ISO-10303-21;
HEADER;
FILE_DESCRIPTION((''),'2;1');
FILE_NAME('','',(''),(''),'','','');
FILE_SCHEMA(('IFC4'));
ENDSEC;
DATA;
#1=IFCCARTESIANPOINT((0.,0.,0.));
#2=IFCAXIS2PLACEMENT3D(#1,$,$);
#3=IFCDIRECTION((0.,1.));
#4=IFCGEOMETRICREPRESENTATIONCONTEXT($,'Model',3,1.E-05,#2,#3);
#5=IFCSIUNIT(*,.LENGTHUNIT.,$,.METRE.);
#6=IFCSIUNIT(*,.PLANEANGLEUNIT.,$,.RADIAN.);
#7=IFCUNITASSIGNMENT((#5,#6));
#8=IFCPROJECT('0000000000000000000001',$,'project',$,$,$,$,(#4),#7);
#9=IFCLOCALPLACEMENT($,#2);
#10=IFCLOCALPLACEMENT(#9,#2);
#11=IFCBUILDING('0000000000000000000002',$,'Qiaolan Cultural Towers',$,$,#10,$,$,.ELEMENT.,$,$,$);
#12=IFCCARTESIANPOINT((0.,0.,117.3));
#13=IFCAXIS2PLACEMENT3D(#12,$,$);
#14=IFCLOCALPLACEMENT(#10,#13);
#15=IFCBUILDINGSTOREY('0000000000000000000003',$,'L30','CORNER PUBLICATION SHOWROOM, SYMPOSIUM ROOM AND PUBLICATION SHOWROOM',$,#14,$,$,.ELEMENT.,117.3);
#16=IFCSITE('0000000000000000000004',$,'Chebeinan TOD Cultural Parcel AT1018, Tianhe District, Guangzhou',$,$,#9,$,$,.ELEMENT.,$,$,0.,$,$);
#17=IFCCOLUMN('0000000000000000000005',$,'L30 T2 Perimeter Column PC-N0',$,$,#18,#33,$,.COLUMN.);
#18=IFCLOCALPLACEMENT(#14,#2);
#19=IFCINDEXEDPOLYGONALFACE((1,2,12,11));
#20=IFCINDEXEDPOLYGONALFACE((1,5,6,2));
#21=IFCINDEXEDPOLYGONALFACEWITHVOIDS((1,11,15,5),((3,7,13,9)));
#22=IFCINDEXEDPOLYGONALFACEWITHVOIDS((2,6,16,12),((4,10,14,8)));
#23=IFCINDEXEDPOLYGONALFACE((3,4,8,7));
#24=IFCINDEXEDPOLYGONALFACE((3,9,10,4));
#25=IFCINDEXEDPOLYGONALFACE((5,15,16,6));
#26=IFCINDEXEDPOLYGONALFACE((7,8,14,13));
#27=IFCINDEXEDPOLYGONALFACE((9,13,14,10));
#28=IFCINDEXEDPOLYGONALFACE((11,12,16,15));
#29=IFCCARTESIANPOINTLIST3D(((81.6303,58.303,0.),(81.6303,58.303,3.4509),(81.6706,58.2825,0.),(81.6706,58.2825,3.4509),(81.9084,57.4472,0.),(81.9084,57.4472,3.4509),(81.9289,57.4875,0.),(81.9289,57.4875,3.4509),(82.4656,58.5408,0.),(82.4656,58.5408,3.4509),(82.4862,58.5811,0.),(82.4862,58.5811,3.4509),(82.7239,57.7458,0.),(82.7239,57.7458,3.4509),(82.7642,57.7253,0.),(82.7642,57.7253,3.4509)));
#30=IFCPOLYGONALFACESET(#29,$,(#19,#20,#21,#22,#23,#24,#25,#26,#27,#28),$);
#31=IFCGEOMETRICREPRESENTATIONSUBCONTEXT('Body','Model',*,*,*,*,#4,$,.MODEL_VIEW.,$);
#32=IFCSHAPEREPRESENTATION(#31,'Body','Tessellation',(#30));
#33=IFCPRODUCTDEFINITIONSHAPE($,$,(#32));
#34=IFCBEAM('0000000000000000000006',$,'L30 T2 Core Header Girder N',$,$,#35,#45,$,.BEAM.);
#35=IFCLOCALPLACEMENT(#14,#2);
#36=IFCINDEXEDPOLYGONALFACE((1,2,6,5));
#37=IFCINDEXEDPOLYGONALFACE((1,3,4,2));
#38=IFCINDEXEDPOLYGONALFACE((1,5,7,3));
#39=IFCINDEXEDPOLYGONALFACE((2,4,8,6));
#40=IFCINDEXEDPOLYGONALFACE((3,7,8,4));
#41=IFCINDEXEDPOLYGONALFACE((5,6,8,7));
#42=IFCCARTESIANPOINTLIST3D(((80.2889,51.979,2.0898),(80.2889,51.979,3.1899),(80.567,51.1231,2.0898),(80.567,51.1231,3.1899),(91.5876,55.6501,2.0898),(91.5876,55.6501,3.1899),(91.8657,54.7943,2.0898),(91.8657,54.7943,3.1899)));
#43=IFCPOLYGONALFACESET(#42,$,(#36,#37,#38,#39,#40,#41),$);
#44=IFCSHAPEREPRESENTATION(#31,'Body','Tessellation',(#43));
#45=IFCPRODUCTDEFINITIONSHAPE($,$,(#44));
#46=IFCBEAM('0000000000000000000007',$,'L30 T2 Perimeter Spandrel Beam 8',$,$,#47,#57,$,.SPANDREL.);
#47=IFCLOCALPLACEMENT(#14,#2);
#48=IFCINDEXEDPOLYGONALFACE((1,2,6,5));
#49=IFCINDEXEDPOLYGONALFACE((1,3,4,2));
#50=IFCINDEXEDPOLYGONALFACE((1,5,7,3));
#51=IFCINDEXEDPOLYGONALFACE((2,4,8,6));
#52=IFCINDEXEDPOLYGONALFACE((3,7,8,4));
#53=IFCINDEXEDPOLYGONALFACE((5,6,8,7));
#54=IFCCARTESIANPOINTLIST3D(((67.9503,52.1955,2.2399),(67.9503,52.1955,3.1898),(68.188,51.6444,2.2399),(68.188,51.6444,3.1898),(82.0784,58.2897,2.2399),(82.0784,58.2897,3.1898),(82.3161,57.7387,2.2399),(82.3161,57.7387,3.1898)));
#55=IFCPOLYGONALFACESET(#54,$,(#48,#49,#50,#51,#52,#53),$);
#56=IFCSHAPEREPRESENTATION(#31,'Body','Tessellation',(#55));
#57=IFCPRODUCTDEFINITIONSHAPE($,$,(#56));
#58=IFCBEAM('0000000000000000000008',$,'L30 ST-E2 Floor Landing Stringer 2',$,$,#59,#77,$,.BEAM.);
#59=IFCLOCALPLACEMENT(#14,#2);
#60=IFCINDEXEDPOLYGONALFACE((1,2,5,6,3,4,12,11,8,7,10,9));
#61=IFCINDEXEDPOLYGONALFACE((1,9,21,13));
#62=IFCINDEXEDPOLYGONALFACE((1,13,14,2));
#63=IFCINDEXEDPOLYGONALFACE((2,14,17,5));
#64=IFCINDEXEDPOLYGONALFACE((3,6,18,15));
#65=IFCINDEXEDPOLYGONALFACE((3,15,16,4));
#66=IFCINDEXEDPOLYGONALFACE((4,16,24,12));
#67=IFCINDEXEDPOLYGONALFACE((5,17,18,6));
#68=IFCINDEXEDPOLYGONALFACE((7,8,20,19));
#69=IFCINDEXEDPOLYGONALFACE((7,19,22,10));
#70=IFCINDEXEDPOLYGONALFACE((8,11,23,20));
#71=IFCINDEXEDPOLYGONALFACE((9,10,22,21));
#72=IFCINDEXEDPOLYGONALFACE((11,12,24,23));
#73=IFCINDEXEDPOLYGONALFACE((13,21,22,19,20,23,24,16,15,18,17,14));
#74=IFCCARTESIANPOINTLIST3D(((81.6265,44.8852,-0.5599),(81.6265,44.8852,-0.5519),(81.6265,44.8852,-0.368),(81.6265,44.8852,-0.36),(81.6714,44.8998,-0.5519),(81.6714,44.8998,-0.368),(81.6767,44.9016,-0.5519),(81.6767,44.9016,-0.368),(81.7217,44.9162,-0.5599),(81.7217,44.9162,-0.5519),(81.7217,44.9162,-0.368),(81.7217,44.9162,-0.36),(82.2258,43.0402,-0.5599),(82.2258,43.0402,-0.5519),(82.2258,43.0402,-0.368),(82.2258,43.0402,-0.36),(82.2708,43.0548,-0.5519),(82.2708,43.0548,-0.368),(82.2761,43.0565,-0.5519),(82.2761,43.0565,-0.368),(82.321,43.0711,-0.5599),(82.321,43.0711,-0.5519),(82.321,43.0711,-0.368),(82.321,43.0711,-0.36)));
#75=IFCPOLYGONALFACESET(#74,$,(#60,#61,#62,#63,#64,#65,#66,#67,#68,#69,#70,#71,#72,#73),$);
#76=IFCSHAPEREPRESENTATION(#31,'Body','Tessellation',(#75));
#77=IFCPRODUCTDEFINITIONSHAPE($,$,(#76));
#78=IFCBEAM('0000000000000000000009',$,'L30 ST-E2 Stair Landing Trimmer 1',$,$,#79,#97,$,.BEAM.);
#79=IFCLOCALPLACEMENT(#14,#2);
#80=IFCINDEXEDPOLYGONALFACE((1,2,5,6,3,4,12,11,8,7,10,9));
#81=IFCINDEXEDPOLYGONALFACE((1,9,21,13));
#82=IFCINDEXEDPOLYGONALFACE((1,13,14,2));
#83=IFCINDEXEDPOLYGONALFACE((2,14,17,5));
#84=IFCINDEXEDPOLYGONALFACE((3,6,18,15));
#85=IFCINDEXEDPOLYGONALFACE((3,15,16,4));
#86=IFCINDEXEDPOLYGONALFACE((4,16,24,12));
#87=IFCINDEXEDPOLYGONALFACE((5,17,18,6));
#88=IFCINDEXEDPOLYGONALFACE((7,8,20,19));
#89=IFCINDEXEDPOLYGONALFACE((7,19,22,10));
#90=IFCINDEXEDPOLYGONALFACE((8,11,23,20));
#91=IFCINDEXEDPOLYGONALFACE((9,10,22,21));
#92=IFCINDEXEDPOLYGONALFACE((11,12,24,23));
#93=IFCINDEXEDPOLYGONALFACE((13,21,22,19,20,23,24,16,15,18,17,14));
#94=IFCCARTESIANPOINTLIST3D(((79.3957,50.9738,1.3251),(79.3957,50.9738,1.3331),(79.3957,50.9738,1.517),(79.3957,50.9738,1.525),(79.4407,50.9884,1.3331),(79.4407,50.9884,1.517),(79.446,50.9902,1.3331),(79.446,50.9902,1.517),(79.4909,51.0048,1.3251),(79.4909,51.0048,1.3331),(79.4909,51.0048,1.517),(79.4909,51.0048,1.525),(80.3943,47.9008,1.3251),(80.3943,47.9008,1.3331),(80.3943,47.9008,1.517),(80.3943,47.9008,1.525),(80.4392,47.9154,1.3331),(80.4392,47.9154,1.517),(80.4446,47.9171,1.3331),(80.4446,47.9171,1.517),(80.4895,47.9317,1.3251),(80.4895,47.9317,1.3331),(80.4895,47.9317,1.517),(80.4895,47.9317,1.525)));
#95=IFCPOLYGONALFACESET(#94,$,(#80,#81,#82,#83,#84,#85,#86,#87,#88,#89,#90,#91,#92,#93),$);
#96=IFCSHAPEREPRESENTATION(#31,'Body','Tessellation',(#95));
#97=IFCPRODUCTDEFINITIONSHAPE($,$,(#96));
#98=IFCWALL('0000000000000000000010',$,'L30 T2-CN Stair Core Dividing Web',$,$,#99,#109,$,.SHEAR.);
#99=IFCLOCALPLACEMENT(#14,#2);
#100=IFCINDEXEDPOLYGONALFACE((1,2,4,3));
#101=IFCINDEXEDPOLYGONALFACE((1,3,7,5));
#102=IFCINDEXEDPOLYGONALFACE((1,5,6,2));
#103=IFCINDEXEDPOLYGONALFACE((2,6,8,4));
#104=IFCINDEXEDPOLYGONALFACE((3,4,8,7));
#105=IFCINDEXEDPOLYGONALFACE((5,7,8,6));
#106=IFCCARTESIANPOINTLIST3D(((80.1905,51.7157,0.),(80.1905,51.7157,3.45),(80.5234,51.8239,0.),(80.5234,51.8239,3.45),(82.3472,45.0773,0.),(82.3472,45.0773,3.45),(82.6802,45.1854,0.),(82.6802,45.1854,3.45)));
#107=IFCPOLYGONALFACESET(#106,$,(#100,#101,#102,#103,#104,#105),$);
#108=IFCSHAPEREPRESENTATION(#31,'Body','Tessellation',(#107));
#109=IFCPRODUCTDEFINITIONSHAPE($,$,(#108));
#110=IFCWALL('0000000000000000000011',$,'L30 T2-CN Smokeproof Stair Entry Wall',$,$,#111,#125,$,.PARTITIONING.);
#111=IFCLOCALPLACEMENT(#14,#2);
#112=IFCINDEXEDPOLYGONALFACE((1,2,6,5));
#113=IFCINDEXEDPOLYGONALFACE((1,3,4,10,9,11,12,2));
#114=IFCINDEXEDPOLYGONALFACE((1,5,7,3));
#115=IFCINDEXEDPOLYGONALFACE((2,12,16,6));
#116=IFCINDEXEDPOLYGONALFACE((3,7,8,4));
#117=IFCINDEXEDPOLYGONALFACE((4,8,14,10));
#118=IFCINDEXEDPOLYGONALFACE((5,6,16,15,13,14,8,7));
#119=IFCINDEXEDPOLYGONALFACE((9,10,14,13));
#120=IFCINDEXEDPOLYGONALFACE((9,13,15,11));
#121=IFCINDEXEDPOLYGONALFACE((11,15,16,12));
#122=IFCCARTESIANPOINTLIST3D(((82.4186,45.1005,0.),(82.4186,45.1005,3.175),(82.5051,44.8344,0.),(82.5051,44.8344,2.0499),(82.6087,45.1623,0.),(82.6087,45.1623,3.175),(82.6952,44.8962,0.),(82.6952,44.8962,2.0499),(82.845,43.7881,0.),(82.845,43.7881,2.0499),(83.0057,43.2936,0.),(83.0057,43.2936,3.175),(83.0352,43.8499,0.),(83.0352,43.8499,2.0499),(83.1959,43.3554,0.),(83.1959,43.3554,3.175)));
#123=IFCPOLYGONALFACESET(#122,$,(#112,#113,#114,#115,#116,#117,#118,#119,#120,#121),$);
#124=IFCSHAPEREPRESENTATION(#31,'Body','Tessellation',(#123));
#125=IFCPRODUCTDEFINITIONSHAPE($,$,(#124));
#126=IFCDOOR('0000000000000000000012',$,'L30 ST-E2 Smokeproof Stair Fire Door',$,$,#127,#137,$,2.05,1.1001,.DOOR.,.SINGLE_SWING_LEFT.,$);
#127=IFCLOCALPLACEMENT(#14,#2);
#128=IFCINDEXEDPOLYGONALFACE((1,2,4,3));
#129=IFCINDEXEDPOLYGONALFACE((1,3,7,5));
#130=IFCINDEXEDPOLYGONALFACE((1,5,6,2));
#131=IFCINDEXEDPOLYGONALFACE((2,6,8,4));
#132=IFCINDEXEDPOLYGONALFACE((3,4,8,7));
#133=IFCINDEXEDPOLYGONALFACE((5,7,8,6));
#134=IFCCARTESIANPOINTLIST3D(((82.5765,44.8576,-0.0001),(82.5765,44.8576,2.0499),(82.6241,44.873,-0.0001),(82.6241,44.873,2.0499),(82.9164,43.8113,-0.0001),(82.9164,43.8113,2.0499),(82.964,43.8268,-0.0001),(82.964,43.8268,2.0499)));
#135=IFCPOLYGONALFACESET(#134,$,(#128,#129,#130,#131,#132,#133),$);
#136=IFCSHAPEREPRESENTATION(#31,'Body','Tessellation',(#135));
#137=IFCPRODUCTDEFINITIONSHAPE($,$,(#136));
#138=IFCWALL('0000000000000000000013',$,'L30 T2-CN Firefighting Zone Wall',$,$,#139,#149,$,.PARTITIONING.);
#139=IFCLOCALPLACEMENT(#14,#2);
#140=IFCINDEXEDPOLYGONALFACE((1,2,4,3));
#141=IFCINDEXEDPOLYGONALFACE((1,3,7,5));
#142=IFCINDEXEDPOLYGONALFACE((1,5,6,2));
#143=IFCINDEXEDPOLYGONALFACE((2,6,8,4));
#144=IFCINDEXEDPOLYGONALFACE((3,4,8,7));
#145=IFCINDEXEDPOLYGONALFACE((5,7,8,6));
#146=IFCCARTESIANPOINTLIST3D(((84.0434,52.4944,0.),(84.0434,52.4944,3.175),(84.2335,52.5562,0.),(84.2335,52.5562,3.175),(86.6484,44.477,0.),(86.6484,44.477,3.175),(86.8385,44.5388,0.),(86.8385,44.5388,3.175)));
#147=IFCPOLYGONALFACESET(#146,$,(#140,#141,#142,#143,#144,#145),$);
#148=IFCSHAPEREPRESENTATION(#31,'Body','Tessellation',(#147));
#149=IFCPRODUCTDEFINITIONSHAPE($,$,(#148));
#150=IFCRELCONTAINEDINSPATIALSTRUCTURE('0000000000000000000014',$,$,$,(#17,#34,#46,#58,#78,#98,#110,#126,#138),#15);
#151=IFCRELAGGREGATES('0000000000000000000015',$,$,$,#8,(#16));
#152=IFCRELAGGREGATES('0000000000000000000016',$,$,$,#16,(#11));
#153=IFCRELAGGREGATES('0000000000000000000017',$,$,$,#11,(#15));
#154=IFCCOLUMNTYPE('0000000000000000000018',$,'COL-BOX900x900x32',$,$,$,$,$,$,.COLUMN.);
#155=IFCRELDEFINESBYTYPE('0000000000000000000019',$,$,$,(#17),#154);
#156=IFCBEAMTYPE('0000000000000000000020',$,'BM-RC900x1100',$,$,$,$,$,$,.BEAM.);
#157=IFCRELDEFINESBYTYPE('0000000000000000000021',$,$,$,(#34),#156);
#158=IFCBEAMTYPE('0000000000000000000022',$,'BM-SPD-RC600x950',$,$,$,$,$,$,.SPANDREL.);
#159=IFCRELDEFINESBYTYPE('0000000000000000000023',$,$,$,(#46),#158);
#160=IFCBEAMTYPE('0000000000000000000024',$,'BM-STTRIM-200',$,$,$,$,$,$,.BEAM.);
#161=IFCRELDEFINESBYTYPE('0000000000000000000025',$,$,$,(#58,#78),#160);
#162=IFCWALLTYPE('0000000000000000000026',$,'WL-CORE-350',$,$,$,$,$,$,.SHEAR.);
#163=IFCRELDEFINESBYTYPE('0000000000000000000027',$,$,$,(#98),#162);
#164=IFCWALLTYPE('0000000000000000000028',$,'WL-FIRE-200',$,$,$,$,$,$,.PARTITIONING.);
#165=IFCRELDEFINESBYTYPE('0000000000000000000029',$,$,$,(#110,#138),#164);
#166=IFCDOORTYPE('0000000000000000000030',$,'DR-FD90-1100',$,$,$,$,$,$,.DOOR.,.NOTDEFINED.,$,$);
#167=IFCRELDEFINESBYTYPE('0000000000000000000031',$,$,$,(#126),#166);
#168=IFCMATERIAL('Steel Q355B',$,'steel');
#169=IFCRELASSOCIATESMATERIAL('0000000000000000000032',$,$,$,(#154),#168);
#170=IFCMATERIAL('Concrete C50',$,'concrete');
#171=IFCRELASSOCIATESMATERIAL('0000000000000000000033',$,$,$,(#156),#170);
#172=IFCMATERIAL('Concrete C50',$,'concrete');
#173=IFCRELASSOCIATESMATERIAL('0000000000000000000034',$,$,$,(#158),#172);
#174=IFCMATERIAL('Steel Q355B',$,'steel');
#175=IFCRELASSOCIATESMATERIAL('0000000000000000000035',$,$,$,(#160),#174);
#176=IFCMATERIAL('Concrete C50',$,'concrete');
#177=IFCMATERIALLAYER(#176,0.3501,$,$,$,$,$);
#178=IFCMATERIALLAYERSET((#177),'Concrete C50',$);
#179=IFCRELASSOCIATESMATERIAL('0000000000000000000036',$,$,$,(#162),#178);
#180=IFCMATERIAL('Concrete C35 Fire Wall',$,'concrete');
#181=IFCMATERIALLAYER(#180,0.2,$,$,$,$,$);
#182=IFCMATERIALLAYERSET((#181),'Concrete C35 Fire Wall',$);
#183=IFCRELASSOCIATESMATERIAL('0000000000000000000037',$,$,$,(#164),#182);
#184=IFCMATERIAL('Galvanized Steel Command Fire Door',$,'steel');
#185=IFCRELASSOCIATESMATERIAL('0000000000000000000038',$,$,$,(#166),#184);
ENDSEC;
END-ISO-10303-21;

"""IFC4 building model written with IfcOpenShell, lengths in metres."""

from ifc_helpers import new_model, si_unit, direction, frame, frame_2d, origin, origin_2d, place, context, subcontext, project, spatial, rectangle, hollow_rectangle, i_section, extrude, material, layer, layer_set, material_profile, profile_set, type_object, element, fill, save


model = new_model("IFC4")

# Units and contexts
model_context = context("Model", 3, precision=1e-05, world=origin(), true_north=direction((0.0, 1.0)))
body_context = subcontext(model_context, "Body", "Model", "MODEL_VIEW")
ifc_project = project(units=[si_unit("LENGTHUNIT", "METRE"), si_unit("PLANEANGLEUNIT", "RADIAN")], contexts=[model_context])

# Site, building, storey
site_placement = place(None, origin())
site = spatial("IfcSite", under=ifc_project, at=site_placement, Name="Chebeinan TOD Cultural Parcel AT1018, Tianhe District, Guangzhou", CompositionType="ELEMENT", RefElevation=0.0)
building_placement = place(site_placement, origin())
building = spatial("IfcBuilding", under=site, at=building_placement, Name="Qiaolan Cultural Towers", CompositionType="ELEMENT")
storey_placement = place(building_placement, frame((0.0, 0.0, 117.3)))
storey = spatial("IfcBuildingStorey", under=building, at=storey_placement, Name="L30", Description="CORNER PUBLICATION SHOWROOM, SYMPOSIUM ROOM AND PUBLICATION SHOWROOM", CompositionType="ELEMENT", Elevation=117.3)

# Column
ifc_material_1 = material(Name="Steel Q355B", Category="steel")
ifc_material_profile_1 = material_profile(ifc_material_1, hollow_rectangle(XDim=0.8999, YDim=0.8999, WallThickness=0.032, at=origin_2d()), Name="BOX900x900x32")
ifc_profile_set_1 = profile_set([ifc_material_profile_1], Name="Steel Q355B")
column_type = type_object("IfcColumnType", Name="COL-BOX900x900x32", PredefinedType="COLUMN", material=ifc_profile_set_1)
column_placement = place(storey_placement, frame((82.1973, 58.0142, 0.0), z_axis=(0.0, 0.0, 1.0), x_axis=(0.951057, 0.309017, 0.0)))
element("IfcColumn", 1, at=column_placement, inside=storey, type_object=column_type, Name="L30 T2 Perimeter Column PC-N0", PredefinedType="COLUMN", context=body_context, shape_type="SweptSolid", body=[
    extrude(hollow_rectangle(XDim=0.8999, YDim=0.8999, WallThickness=0.032, at=origin_2d()), origin(), (0.0, 0.0, 1.0), 3.4509),
])

# Beams
ifc_material_2 = material(Name="Concrete C50", Category="concrete")
ifc_material_profile_2 = material_profile(ifc_material_2, rectangle(XDim=0.8999, YDim=1.1001, at=origin_2d()), Name="RC900x1100")
ifc_profile_set_2 = profile_set([ifc_material_profile_2], Name="Concrete C50")
beam_type_1 = type_object("IfcBeamType", Name="BM-RC900x1100", PredefinedType="BEAM", material=ifc_profile_set_2)
beam_1_placement = place(storey_placement, frame((80.428, 51.551, 2.6399), z_axis=(0.951056, 0.309018, 0.0), x_axis=(-0.309018, 0.951056, 0.0)))
element("IfcBeam", 2, at=beam_1_placement, inside=storey, type_object=beam_type_1, Name="L30 T2 Core Header Girder N", PredefinedType="BEAM", context=body_context, shape_type="SweptSolid", body=[
    extrude(rectangle(XDim=0.8999, YDim=1.1001, at=origin_2d()), origin(), (0.0, 0.0, 1.0), 11.8801),
])
ifc_material_3 = material(Name="Concrete C50", Category="concrete")
ifc_material_profile_3 = material_profile(ifc_material_3, rectangle(XDim=0.6001, YDim=0.95, at=origin_2d()), Name="RC600x950")
ifc_profile_set_3 = profile_set([ifc_material_profile_3], Name="Concrete C50")
beam_type_2 = type_object("IfcBeamType", Name="BM-SPD-RC600x950", PredefinedType="SPANDREL", material=ifc_profile_set_3)
beam_2_placement = place(storey_placement, frame((82.1973, 58.0142, 2.7148), z_axis=(-0.918218, -0.396076, 0.0), x_axis=(0.396076, -0.918218, 0.0)))
element("IfcBeam", 3, at=beam_2_placement, inside=storey, type_object=beam_type_2, Name="L30 T2 Perimeter Spandrel Beam 8", PredefinedType="SPANDREL", context=body_context, shape_type="SweptSolid", body=[
    extrude(rectangle(XDim=0.6001, YDim=0.95, at=origin_2d()), origin(), (0.0, 0.0, 1.0), 15.3865),
])
ifc_material_4 = material(Name="Steel Q355B", Category="steel")
ifc_material_profile_4 = material_profile(ifc_material_4, i_section(OverallWidth=0.1001, OverallDepth=0.2, WebThickness=0.0056, FlangeThickness=0.0081, at=origin_2d()), Name="HN200x100x5.5x8")
ifc_profile_set_4 = profile_set([ifc_material_profile_4], Name="Steel Q355B")
beam_type_3 = type_object("IfcBeamType", Name="BM-STTRIM-200", PredefinedType="BEAM", material=ifc_profile_set_4)
beam_3_placement = place(storey_placement, frame((82.2734, 43.0557, -0.46), z_axis=(-0.308969, 0.951072, 0.0), x_axis=(-0.951072, -0.308969, 0.0)))
element("IfcBeam", 4, at=beam_3_placement, inside=storey, type_object=beam_type_3, Name="L30 ST-E2 Floor Landing Stringer 2", PredefinedType="BEAM", context=body_context, shape_type="SweptSolid", body=[
    extrude(i_section(OverallWidth=0.1001, OverallDepth=0.2, WebThickness=0.0056, FlangeThickness=0.0081, at=origin_2d()), origin(), (0.0, 0.0, 1.0), 1.9399),
])
beam_4_placement = place(storey_placement, frame((80.4419, 47.9163, 1.425), z_axis=(-0.309033, 0.951051, 0.0), x_axis=(-0.951051, -0.309033, 0.0)))
element("IfcBeam", 5, at=beam_4_placement, inside=storey, type_object=beam_type_3, Name="L30 ST-E2 Stair Landing Trimmer 1", PredefinedType="BEAM", context=body_context, shape_type="SweptSolid", body=[
    extrude(i_section(OverallWidth=0.1001, OverallDepth=0.2, WebThickness=0.0056, FlangeThickness=0.0081, at=origin_2d()), origin(), (0.0, 0.0, 1.0), 3.2312),
])

# Wall
ifc_material_5 = material(Name="Concrete C50", Category="concrete")
ifc_layer_1 = layer(ifc_material_5, 0.3501)
ifc_layer_set_1 = layer_set([ifc_layer_1], Name="Concrete C50")
wall_type_1 = type_object("IfcWallType", Name="WL-CORE-350", PredefinedType="SHEAR", material=ifc_layer_set_1)
wall_1_placement = place(storey_placement, frame((82.5137, 45.1313, 0.0), z_axis=(0.0, 0.0, 1.0), x_axis=(-0.308989, 0.951066, 0.0)))
element("IfcWall", 6, at=wall_1_placement, inside=storey, type_object=wall_type_1, Name="L30 T2-CN Stair Core Dividing Web", PredefinedType="SHEAR", context=body_context, shape_type="SweptSolid", body=[
    extrude(rectangle(XDim=6.98, YDim=0.3501, at=frame_2d((3.49, 0.0))), origin(), (0.0, 0.0, 1.0), 3.45),
])

# Wall, opening, door
ifc_material_6 = material(Name="Concrete C35 Fire Wall", Category="concrete")
ifc_layer_2 = layer(ifc_material_6, 0.2)
ifc_layer_set_2 = layer_set([ifc_layer_2], Name="Concrete C35 Fire Wall")
wall_type_2 = type_object("IfcWallType", Name="WL-FIRE-200", PredefinedType="PARTITIONING", material=ifc_layer_set_2)
wall_2_placement = place(storey_placement, frame((83.1008, 43.3245, 0.0), z_axis=(0.0, 0.0, 1.0), x_axis=(-0.309048, 0.951046, 0.0)))
wall_2 = element("IfcWall", 7, at=wall_2_placement, inside=storey, type_object=wall_type_2, Name="L30 T2-CN Smokeproof Stair Entry Wall", PredefinedType="PARTITIONING", context=body_context, shape_type="SweptSolid", body=[
    extrude(rectangle(XDim=1.8999, YDim=0.2, at=frame_2d((0.95, 0.0))), origin(), (0.0, 0.0, 1.0), 3.175),
])
opening_1_placement = place(wall_2_placement, frame((0.52, 0.0, 0.0)))
opening_1 = element("IfcOpeningElement", 8, at=opening_1_placement, cuts=wall_2, PredefinedType="OPENING", context=body_context, shape_type="SweptSolid", body=[
    extrude(rectangle(XDim=1.1001, YDim=2.05, at=frame_2d((0.55, 1.0249))), frame((0.0, 0.1099, 0.0), z_axis=(0.0, -1.0, 0.0), x_axis=(1.0, 0.0, 0.0)), (0.0, 0.0, 1.0), 0.22),
])
ifc_material_7 = material(Name="Galvanized Steel Command Fire Door", Category="steel")
door_type_1 = type_object("IfcDoorType", Name="DR-FD90-1100", OperationType="NOTDEFINED", PredefinedType="DOOR", material=ifc_material_7)
door_1_placement = place(opening_1_placement, origin())
door_1 = element("IfcDoor", 9, at=door_1_placement, inside=storey, type_object=door_type_1, Name="L30 ST-E2 Smokeproof Stair Fire Door", OperationType="SINGLE_SWING_LEFT", OverallHeight=2.05, OverallWidth=1.1001, PredefinedType="DOOR", context=body_context, shape_type="SweptSolid", body=[
    extrude(rectangle(XDim=1.1001, YDim=2.05, at=frame_2d((0.55, 1.0249))), frame((0.0, 0.0249, 0.0), z_axis=(0.0, -1.0, 0.0), x_axis=(1.0, 0.0, 0.0)), (0.0, 0.0, 1.0), 0.05),
])
fill(opening_1, door_1)

# Wall
wall_3_placement = place(storey_placement, frame((86.7434, 44.5081, 0.0), z_axis=(0.0, 0.0, 1.0), x_axis=(-0.309016, 0.951057, 0.0)))
element("IfcWall", 10, at=wall_3_placement, inside=storey, type_object=wall_type_2, Name="L30 T2-CN Firefighting Zone Wall", PredefinedType="PARTITIONING", context=body_context, shape_type="SweptSolid", body=[
    extrude(rectangle(XDim=8.4299, YDim=0.2, at=frame_2d((4.2148, 0.0))), origin(), (0.0, 0.0, 1.0), 3.175),
])

save(model, "model.ifc")
